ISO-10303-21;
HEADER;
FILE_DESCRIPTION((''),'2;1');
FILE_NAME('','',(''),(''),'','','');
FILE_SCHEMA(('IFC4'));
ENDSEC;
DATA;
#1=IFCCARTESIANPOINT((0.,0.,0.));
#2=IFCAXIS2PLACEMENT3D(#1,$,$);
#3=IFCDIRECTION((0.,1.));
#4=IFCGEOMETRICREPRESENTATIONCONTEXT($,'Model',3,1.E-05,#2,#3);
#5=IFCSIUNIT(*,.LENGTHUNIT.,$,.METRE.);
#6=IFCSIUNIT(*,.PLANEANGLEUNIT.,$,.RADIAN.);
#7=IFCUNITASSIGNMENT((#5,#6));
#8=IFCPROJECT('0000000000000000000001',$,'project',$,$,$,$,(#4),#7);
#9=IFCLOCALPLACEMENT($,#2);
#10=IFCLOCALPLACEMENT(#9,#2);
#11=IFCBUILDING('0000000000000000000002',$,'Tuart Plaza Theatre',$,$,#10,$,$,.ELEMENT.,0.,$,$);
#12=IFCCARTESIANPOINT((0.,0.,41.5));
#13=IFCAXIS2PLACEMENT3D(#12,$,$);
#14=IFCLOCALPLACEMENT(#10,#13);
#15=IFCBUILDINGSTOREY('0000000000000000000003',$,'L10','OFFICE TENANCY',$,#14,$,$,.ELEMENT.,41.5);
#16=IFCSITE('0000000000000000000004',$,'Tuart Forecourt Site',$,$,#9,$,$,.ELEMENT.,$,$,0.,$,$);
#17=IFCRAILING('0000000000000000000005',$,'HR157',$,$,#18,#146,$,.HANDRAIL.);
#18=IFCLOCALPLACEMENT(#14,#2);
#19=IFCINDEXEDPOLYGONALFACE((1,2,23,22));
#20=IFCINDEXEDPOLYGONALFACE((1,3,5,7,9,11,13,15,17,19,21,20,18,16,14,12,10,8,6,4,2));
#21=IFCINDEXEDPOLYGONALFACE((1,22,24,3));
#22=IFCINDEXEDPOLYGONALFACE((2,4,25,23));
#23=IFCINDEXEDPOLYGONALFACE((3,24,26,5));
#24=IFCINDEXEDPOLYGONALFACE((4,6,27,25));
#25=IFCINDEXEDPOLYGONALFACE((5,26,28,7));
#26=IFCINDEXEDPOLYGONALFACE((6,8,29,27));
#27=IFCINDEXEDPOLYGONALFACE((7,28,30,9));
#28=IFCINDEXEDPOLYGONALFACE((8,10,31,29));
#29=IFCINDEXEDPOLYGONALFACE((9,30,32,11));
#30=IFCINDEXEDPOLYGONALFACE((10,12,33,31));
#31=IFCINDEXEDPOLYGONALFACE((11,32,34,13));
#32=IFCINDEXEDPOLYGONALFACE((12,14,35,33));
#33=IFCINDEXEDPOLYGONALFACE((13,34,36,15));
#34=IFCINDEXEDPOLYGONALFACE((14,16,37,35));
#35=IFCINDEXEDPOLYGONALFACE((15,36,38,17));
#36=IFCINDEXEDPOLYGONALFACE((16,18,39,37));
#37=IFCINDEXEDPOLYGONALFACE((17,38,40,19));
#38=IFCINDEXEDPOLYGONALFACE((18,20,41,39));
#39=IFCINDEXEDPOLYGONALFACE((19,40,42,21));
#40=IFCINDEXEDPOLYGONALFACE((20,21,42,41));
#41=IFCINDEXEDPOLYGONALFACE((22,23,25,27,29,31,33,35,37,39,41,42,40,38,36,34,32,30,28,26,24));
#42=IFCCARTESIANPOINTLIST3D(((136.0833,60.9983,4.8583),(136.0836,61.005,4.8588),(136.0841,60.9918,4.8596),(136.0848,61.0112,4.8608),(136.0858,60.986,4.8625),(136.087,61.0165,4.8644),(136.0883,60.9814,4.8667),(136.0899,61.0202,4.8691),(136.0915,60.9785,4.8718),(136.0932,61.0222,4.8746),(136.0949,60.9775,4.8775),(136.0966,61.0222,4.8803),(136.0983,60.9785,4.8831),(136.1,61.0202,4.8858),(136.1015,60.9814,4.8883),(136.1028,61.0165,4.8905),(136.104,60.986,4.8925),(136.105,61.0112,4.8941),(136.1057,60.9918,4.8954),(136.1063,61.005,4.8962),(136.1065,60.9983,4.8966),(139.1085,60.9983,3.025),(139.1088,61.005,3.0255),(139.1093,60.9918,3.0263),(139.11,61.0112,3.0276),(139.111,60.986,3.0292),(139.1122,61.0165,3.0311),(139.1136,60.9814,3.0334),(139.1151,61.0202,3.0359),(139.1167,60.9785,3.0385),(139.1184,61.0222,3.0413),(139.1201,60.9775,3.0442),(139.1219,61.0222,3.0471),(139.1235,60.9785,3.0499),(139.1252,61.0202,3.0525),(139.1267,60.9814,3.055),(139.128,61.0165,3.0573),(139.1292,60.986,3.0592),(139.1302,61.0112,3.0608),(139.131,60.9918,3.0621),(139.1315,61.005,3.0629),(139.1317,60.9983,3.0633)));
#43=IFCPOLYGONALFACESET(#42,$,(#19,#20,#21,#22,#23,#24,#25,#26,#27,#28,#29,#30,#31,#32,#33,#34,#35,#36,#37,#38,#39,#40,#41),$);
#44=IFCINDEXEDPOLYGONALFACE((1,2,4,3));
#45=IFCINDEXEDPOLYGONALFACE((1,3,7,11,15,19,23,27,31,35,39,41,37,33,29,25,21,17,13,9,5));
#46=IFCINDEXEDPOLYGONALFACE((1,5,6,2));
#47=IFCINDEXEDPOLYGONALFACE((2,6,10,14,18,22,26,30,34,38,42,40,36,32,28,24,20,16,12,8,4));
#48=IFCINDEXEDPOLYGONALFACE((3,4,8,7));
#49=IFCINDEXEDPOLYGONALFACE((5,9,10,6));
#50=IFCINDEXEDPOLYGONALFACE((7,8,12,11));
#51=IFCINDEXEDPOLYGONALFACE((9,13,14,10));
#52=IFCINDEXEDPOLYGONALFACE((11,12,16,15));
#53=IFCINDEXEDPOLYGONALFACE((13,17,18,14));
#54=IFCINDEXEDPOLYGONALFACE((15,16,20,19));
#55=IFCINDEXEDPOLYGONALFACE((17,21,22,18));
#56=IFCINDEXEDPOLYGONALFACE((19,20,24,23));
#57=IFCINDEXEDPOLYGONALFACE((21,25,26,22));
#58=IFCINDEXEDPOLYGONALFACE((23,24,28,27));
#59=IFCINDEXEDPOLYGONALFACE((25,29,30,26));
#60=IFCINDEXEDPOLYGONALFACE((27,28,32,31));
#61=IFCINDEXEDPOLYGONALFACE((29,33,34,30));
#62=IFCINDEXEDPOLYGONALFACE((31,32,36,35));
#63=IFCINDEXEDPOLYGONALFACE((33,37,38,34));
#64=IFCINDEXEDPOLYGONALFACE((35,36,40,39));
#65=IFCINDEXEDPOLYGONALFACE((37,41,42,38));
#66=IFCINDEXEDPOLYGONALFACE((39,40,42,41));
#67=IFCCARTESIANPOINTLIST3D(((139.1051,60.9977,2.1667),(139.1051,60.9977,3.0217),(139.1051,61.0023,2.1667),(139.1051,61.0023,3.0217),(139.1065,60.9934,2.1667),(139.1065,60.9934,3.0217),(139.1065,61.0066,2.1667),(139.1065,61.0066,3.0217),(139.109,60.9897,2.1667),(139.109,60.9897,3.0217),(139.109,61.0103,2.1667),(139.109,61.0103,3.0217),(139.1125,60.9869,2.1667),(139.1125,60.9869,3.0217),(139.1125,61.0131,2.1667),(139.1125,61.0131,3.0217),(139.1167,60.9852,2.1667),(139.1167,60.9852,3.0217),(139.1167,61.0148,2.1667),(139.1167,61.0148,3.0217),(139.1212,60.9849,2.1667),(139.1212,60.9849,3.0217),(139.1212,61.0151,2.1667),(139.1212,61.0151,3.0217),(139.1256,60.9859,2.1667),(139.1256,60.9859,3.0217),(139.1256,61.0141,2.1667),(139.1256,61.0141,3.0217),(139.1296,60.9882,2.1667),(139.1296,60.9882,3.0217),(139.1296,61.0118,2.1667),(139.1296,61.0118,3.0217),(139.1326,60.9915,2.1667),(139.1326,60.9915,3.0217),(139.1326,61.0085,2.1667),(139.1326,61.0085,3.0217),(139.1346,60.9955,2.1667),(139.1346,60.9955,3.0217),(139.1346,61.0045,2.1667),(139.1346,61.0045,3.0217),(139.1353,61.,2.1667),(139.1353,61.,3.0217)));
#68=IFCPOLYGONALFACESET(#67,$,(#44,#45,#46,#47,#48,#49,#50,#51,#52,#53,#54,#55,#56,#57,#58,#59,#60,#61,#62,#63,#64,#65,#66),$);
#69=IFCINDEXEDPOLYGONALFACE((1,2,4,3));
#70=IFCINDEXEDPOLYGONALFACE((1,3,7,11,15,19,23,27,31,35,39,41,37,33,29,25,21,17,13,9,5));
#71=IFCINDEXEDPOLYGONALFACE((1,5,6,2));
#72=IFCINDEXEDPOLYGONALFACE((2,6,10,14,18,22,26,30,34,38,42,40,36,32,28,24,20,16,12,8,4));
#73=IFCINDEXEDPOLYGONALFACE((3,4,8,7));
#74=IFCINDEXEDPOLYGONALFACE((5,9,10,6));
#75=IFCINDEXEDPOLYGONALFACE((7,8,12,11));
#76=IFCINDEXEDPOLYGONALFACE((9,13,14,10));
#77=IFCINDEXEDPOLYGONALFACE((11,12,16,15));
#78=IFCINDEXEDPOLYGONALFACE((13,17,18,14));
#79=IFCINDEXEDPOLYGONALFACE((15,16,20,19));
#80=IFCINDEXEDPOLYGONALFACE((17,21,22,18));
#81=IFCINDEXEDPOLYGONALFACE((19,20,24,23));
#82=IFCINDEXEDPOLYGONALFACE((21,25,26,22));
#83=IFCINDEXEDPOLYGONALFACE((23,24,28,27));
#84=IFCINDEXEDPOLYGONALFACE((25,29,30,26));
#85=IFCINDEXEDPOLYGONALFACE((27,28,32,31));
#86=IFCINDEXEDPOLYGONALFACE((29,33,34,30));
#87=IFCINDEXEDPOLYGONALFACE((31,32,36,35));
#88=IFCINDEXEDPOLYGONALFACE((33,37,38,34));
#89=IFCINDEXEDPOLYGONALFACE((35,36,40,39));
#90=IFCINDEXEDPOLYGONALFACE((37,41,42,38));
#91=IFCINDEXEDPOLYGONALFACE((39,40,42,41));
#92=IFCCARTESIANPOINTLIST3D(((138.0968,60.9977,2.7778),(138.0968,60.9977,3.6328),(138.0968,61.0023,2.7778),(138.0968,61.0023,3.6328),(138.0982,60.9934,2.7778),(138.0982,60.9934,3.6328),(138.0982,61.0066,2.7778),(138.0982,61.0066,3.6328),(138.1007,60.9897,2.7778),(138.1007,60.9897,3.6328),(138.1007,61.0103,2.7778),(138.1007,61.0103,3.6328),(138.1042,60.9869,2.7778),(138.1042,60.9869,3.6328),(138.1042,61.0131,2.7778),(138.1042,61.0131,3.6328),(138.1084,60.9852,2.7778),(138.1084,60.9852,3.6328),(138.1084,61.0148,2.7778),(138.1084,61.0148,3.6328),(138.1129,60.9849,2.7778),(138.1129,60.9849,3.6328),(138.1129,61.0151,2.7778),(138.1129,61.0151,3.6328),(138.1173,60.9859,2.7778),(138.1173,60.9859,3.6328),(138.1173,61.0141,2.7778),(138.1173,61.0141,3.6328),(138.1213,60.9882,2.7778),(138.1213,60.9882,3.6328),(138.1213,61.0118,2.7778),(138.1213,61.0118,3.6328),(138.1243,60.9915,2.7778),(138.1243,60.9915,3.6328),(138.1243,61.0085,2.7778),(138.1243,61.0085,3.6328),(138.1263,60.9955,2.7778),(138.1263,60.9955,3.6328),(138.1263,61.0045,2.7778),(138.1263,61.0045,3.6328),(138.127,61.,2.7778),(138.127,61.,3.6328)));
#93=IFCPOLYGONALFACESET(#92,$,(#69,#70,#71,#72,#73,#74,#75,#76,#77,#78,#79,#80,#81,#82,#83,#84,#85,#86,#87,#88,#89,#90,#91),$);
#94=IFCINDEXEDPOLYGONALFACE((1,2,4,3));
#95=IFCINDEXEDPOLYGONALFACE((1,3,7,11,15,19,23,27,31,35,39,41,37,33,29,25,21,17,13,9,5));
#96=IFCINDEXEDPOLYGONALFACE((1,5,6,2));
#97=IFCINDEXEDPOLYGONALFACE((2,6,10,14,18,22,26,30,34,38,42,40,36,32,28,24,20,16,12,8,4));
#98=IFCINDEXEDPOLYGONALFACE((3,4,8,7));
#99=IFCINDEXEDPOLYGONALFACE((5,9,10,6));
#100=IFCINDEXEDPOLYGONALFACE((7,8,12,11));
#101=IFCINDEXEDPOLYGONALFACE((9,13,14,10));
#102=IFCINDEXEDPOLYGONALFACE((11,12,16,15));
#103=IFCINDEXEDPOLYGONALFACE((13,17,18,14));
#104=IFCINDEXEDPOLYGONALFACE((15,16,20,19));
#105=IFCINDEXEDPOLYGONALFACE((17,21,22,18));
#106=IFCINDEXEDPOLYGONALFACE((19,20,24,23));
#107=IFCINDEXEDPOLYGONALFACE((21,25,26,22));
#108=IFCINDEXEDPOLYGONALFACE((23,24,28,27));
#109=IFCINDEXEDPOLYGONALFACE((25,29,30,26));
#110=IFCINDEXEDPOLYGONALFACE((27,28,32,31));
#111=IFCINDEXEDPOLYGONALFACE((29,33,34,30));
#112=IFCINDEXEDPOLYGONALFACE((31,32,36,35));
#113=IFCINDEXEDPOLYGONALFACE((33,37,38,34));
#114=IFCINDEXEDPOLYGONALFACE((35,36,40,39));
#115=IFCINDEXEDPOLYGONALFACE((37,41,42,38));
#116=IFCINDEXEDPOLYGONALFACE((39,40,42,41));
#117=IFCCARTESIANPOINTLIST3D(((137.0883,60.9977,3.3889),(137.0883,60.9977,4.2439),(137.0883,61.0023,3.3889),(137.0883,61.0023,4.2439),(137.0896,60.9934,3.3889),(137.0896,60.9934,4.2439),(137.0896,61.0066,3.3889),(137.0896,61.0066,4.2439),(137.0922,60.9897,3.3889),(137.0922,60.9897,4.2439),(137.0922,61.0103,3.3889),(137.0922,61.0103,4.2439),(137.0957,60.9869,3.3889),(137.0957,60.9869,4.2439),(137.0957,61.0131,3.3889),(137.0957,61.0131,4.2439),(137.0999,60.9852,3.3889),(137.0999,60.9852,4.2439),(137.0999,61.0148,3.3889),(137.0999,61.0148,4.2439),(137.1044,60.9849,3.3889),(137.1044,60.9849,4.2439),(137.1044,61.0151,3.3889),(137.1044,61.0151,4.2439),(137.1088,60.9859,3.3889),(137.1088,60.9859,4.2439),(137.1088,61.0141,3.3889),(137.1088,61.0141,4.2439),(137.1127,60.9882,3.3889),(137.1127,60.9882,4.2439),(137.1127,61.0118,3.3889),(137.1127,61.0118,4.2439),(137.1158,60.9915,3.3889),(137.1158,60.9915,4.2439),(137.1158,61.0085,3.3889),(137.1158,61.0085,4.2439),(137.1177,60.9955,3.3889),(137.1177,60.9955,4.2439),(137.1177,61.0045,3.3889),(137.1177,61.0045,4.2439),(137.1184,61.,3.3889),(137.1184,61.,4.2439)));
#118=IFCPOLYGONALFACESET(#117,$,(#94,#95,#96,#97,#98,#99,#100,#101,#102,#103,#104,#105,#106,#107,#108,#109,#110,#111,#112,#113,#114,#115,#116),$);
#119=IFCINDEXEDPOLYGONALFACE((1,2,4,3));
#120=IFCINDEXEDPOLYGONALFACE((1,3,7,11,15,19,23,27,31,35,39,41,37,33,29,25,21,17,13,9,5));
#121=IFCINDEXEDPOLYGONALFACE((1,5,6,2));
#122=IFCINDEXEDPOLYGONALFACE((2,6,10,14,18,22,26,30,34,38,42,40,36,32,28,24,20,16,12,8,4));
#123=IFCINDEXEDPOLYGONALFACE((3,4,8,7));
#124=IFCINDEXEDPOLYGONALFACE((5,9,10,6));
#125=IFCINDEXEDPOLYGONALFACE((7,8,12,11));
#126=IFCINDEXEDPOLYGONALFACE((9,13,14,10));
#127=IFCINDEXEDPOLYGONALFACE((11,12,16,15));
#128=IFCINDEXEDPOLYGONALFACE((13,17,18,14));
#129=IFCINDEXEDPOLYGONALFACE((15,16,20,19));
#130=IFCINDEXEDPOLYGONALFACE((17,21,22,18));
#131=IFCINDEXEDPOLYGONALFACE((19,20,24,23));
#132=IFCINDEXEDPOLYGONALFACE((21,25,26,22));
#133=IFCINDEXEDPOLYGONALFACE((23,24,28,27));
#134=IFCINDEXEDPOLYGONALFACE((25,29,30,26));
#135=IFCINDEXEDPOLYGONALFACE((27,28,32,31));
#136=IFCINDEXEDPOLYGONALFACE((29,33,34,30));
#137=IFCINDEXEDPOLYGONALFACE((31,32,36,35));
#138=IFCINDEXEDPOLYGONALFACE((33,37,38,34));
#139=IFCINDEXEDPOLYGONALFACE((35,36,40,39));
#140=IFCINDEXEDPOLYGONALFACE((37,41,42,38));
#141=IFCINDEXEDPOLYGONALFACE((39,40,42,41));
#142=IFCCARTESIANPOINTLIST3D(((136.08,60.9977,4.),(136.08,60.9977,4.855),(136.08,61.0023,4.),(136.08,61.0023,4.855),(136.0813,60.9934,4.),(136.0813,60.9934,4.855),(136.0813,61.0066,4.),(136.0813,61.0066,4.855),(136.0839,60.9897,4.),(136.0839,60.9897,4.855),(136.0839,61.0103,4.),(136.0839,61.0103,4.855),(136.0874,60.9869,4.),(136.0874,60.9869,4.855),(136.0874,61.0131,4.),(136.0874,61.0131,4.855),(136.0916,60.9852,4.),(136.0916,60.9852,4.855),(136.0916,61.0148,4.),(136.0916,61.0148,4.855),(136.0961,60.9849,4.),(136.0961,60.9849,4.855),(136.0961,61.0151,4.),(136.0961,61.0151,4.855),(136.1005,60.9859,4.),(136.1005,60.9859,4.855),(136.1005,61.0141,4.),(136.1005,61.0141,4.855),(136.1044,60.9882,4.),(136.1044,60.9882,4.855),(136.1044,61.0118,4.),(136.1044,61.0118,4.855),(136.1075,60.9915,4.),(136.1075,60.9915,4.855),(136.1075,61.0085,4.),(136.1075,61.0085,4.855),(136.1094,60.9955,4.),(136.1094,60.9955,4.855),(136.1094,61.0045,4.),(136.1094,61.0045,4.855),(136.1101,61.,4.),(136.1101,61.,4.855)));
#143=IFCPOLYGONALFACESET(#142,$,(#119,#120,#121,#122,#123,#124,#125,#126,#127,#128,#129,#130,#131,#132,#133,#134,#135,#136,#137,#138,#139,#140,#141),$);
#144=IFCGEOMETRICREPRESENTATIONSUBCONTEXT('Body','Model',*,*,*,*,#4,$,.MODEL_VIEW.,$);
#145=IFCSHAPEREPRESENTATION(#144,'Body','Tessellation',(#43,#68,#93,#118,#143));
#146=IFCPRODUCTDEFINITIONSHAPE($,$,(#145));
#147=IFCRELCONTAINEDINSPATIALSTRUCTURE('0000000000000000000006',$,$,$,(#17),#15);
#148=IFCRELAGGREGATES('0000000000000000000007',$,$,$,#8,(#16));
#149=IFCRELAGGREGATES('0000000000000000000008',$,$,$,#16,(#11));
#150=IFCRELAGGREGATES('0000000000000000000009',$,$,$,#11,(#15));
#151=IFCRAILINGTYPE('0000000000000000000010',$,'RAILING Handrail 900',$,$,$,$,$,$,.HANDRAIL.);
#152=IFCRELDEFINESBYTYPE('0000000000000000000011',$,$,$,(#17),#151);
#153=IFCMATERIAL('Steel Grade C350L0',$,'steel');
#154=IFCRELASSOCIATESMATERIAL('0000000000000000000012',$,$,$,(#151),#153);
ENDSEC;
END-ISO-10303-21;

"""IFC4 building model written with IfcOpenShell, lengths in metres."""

from ifc_helpers import new_model, si_unit, direction, frame, origin, origin_2d, place, context, subcontext, project, spatial, circle, extrude, material, type_object, element, save


model = new_model("IFC4")

# Units and contexts
model_context = context("Model", 3, precision=1e-05, world=origin(), true_north=direction((0.0, 1.0)))
body_context = subcontext(model_context, "Body", "Model", "MODEL_VIEW")
ifc_project = project(units=[si_unit("LENGTHUNIT", "METRE"), si_unit("PLANEANGLEUNIT", "RADIAN")], contexts=[model_context])

# Site, building, storey
site_placement = place(None, origin())
site = spatial("IfcSite", under=ifc_project, at=site_placement, Name="Tuart Forecourt Site", CompositionType="ELEMENT", RefElevation=0.0)
building_placement = place(site_placement, origin())
building = spatial("IfcBuilding", under=site, at=building_placement, Name="Tuart Plaza Theatre", CompositionType="ELEMENT", ElevationOfRefHeight=0.0)
storey_placement = place(building_placement, frame((0.0, 0.0, 41.5)))
storey = spatial("IfcBuildingStorey", under=building, at=storey_placement, Name="L10", Description="OFFICE TENANCY", CompositionType="ELEMENT", Elevation=41.5)

# Railing
ifc_material_1 = material(Name="Steel Grade C350L0", Category="steel")
railing_type_1 = type_object("IfcRailingType", Name="RAILING Handrail 900", PredefinedType="HANDRAIL", material=ifc_material_1)
for number, where, name in (
    (1, (139.1201, 61.0, 2.1667), "HR157"),
):
    element("IfcRailing", number, at=place(storey_placement, frame(where)), inside=storey, type_object=railing_type_1, Name=name, PredefinedType="HANDRAIL", context=body_context, shape_type="SweptSolid", body=[
        extrude(circle(Radius=0.0225, at=origin_2d()), frame((0.0, 0.0, 0.8774), z_axis=(-0.855219, 0.0, 0.518267), x_axis=(0.0, -1.0, 0.0)), (0.0, 0.0, 1.0), 3.5374),
        extrude(circle(Radius=0.0151, at=origin_2d()), origin(), (0.0, 0.0, 1.0), 0.855),
        extrude(circle(Radius=0.0151, at=origin_2d()), frame((-1.0083, 0.0, 0.6111)), (0.0, 0.0, 1.0), 0.855),
        extrude(circle(Radius=0.0151, at=origin_2d()), frame((-2.0168, 0.0, 1.2222)), (0.0, 0.0, 1.0), 0.855),
        extrude(circle(Radius=0.0151, at=origin_2d()), frame((-3.0251, 0.0, 1.8333)), (0.0, 0.0, 1.0), 0.855),
    ])

save(model, "model.ifc")
